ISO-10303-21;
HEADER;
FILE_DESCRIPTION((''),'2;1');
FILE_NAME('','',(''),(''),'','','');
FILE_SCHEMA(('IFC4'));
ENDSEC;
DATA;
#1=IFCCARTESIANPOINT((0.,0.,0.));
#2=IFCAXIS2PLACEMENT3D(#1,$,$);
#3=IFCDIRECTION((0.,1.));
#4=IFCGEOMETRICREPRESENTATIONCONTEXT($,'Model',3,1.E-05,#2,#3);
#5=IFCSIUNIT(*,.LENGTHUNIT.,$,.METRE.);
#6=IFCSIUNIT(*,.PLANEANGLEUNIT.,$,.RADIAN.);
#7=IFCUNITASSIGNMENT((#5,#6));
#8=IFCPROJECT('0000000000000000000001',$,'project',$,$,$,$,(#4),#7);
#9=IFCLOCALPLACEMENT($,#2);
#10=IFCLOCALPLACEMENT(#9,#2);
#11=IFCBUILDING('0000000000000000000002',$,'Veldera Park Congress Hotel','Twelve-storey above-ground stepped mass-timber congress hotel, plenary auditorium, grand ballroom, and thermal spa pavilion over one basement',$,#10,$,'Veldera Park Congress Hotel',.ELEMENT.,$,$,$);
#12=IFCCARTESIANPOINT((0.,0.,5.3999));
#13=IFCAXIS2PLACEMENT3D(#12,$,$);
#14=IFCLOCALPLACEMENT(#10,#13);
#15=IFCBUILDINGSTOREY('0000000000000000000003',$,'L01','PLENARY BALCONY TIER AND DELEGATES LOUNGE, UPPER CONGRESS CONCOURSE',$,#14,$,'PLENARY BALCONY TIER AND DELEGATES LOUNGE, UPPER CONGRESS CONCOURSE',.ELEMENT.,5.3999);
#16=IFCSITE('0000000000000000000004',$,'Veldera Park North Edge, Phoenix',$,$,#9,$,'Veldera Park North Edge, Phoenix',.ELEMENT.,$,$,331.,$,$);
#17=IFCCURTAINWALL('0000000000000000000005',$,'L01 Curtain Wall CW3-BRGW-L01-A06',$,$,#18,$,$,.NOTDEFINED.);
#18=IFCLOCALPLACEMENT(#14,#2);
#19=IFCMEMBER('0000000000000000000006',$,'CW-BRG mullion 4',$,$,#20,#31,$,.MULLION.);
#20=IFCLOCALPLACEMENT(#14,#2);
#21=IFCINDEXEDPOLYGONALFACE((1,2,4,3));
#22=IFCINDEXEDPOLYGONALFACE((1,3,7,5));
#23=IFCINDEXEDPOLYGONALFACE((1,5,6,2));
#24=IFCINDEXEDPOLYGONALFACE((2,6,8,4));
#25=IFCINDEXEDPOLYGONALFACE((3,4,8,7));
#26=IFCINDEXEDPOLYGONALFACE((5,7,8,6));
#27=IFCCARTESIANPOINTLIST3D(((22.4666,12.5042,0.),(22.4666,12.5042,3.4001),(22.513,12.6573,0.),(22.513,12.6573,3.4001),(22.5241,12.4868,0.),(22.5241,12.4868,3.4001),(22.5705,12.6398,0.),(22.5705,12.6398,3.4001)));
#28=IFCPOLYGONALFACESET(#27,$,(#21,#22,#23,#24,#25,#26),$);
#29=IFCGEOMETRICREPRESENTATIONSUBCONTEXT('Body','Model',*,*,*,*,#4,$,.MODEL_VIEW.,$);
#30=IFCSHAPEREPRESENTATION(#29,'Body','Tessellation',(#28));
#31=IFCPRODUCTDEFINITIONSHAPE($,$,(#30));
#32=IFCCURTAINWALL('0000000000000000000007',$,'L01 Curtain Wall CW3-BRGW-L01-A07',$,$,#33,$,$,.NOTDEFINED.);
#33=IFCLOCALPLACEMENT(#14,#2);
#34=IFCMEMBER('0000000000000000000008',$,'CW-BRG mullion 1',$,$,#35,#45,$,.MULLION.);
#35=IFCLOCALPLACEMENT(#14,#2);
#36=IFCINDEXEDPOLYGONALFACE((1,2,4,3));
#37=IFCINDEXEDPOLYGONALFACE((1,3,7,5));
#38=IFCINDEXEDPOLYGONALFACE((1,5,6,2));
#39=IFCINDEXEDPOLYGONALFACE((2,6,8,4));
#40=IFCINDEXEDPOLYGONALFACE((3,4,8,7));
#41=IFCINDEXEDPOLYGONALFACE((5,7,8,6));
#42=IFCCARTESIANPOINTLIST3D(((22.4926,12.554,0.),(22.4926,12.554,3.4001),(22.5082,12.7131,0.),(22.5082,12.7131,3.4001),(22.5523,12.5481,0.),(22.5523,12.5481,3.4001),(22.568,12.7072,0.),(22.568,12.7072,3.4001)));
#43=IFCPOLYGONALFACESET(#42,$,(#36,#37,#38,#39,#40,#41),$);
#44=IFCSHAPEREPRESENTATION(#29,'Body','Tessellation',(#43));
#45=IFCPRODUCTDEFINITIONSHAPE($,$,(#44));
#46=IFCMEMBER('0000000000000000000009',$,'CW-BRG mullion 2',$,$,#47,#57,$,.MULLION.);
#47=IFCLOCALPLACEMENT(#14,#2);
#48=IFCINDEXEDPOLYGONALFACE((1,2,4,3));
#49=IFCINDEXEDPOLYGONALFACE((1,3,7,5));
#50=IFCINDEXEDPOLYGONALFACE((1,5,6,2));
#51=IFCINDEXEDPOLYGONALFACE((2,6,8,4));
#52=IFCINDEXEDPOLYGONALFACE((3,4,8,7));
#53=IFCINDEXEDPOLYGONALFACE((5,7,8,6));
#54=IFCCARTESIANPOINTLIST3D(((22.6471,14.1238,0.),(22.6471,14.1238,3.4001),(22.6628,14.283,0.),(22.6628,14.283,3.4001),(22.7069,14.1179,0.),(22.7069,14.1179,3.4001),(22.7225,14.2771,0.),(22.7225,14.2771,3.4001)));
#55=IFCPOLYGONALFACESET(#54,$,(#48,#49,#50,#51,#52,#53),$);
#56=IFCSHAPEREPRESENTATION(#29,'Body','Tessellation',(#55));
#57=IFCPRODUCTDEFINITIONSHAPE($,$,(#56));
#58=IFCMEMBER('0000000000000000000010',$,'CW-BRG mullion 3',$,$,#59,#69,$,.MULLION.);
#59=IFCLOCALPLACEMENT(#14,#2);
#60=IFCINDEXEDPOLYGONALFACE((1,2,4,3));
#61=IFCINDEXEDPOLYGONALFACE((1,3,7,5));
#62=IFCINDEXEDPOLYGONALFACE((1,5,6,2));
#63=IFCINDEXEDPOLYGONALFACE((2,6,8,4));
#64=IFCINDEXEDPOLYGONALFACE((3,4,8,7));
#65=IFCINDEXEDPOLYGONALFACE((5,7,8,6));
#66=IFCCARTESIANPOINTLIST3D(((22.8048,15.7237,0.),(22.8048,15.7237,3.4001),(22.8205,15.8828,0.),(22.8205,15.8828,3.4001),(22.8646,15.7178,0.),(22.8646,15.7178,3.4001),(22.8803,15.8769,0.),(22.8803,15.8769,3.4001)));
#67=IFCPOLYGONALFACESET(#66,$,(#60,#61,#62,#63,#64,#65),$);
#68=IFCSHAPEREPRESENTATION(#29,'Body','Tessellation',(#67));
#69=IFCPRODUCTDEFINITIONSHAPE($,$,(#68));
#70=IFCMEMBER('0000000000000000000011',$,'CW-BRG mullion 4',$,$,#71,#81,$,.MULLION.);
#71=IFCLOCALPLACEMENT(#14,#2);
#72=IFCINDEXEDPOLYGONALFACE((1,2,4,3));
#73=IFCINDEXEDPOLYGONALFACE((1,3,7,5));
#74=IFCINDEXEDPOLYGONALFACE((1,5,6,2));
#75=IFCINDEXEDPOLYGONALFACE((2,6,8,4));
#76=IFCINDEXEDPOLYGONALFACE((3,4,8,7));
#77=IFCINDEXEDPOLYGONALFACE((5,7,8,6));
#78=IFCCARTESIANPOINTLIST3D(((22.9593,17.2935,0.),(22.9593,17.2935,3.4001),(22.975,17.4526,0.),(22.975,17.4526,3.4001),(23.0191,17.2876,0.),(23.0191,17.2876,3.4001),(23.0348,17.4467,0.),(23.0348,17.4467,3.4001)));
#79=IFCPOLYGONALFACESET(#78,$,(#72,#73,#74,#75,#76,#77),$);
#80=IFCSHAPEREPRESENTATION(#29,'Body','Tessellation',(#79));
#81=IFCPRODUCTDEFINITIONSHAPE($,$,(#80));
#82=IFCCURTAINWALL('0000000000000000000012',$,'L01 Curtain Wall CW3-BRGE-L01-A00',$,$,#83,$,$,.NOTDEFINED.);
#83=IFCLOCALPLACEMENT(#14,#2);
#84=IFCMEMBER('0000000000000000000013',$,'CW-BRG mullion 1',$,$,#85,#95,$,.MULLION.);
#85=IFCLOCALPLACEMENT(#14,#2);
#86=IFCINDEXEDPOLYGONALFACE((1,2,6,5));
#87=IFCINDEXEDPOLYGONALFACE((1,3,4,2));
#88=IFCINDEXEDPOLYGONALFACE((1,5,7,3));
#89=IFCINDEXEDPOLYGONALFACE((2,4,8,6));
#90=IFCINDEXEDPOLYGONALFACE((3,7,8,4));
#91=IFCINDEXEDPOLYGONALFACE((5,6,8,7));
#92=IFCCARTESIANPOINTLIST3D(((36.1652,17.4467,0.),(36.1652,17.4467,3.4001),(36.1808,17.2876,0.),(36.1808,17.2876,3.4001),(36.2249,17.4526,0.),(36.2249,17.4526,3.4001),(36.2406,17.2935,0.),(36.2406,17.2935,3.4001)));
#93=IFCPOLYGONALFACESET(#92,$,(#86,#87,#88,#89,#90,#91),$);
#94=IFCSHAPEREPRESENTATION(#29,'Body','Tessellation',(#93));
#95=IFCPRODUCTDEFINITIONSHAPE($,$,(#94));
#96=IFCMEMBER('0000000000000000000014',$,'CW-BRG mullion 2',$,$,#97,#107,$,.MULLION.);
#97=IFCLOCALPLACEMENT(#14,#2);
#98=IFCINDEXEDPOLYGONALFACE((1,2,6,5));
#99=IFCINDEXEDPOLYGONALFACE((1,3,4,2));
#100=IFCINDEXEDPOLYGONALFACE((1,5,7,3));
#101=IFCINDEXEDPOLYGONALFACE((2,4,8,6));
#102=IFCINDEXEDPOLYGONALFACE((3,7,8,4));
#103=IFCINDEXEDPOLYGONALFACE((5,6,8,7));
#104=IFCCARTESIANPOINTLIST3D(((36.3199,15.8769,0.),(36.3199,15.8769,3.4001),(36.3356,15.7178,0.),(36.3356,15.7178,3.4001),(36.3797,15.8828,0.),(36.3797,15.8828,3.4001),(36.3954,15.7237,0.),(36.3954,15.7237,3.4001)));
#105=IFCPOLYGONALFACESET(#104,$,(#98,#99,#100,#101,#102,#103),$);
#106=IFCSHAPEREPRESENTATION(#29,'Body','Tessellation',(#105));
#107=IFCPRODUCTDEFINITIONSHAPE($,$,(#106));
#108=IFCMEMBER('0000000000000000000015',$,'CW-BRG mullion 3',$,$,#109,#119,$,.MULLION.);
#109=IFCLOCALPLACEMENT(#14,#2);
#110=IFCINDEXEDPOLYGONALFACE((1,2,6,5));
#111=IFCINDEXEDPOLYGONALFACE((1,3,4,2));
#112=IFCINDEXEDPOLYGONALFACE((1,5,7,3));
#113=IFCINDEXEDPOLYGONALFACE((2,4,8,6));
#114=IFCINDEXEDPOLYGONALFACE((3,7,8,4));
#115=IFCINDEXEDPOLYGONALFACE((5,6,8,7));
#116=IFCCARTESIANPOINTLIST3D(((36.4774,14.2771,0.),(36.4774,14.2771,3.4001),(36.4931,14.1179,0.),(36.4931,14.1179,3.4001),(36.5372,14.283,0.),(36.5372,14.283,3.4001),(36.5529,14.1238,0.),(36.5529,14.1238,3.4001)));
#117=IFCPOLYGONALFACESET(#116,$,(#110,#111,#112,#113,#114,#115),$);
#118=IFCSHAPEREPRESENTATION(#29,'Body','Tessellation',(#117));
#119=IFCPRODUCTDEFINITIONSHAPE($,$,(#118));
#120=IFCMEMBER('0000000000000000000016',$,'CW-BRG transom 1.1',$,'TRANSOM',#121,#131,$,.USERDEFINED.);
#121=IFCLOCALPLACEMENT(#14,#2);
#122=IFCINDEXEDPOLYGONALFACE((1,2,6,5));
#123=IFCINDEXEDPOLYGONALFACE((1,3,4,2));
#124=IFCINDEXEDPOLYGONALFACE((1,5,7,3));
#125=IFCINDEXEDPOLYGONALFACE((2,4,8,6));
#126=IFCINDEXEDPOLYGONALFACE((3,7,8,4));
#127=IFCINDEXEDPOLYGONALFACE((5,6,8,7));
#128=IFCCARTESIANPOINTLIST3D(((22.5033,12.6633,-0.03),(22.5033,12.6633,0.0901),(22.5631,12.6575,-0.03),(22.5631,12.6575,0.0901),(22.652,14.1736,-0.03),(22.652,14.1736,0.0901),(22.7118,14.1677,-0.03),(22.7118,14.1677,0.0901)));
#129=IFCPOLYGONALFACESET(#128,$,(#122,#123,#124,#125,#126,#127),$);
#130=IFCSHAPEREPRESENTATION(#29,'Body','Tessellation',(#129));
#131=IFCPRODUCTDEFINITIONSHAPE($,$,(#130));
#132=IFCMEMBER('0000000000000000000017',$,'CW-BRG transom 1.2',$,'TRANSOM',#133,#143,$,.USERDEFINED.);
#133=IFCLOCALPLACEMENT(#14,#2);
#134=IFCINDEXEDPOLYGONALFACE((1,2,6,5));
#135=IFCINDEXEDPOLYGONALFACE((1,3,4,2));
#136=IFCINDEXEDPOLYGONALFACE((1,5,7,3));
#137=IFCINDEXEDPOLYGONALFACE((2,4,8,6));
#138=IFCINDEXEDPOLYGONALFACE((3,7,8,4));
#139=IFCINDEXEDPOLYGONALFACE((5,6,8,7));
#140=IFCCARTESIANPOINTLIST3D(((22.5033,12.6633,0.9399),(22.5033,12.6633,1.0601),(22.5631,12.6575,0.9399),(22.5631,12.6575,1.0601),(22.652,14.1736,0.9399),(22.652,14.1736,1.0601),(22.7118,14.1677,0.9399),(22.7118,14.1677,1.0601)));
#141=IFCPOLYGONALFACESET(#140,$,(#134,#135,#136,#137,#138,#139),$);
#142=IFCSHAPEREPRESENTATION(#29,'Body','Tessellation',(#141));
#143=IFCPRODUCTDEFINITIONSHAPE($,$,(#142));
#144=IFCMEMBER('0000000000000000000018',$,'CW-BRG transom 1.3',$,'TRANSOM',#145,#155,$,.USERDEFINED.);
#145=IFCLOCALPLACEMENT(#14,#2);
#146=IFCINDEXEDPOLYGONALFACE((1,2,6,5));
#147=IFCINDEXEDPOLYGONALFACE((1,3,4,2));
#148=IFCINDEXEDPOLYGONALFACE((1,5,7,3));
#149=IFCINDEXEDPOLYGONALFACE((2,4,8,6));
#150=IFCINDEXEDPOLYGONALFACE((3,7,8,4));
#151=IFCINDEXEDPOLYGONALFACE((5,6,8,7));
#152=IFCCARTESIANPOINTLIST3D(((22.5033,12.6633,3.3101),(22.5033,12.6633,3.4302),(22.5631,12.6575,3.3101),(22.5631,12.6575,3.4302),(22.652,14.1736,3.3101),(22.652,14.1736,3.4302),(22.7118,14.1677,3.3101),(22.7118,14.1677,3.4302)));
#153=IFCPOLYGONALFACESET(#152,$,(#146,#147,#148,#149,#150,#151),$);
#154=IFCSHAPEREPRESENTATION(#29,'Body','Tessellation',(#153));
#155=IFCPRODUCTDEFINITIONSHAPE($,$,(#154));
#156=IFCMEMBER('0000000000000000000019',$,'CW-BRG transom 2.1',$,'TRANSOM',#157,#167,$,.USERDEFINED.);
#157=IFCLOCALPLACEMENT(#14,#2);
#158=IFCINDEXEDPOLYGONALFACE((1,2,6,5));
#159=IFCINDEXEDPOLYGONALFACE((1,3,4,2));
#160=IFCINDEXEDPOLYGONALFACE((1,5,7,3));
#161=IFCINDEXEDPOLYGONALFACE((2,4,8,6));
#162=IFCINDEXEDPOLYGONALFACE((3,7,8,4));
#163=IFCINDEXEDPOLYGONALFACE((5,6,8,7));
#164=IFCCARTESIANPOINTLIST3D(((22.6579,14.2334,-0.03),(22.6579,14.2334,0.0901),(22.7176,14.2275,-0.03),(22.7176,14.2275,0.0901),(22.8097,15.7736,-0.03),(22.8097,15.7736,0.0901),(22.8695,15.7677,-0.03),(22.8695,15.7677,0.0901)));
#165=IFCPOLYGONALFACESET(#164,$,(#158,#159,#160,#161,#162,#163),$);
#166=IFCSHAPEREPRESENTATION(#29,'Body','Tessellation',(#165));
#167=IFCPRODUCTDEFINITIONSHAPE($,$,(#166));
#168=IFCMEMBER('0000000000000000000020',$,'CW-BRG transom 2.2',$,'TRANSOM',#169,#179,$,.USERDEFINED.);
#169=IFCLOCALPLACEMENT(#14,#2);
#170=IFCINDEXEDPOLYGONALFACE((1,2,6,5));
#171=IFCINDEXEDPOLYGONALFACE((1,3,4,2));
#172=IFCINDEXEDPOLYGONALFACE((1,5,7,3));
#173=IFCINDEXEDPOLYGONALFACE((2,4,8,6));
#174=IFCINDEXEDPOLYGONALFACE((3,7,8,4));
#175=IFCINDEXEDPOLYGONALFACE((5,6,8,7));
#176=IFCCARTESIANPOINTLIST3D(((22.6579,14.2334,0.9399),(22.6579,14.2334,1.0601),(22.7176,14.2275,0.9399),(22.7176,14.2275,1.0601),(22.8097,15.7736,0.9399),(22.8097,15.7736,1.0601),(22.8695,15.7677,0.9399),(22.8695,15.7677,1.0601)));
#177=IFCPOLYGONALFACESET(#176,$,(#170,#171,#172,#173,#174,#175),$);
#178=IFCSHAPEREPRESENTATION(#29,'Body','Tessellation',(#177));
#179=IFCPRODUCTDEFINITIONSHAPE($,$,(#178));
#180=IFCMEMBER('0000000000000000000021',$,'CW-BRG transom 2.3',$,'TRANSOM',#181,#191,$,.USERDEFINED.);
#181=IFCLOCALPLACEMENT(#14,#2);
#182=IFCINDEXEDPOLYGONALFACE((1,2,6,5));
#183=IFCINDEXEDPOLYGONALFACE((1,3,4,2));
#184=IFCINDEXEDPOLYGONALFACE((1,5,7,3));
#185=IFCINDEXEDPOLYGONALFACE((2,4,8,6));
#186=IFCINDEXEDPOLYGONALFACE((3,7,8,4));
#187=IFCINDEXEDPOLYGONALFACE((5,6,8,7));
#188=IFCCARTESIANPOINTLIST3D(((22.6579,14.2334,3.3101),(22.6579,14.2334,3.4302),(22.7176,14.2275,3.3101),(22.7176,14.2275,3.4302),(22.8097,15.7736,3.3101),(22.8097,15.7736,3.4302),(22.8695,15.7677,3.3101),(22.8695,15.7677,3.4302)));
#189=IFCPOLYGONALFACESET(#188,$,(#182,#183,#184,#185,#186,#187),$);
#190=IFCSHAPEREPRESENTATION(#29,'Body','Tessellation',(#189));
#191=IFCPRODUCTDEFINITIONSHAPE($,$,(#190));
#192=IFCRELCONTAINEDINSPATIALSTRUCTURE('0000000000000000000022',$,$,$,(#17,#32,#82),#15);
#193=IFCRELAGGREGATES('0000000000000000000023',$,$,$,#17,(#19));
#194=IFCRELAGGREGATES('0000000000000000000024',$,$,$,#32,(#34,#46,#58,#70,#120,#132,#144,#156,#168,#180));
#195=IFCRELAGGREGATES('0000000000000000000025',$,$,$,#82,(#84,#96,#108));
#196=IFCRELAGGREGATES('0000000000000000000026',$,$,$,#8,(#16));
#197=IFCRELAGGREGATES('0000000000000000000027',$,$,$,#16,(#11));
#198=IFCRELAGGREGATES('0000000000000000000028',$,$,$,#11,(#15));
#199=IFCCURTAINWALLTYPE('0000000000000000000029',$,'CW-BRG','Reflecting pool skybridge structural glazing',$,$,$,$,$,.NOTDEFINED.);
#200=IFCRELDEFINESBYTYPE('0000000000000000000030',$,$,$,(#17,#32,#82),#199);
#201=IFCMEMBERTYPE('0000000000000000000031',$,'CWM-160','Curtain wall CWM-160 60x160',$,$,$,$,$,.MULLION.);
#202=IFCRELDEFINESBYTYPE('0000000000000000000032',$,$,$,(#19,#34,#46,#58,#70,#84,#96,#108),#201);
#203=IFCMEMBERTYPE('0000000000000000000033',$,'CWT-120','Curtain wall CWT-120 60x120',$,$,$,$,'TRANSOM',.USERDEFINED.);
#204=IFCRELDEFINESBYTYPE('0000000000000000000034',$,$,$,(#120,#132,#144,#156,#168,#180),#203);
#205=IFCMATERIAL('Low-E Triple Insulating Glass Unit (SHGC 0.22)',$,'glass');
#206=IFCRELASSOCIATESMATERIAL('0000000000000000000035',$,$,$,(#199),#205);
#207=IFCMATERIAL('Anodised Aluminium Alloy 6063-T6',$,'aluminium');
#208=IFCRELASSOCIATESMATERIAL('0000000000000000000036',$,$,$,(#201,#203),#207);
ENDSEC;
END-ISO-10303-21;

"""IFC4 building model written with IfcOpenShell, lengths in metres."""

from ifc_helpers import new_model, si_unit, direction, frame, origin, origin_2d, place, context, subcontext, project, spatial, rectangle, extrude, material, material_profile, profile_set, type_object, element, aggregate, save


model = new_model("IFC4")

# Units and contexts
model_context = context("Model", 3, precision=1e-05, world=origin(), true_north=direction((0.0, 1.0)))
body_context = subcontext(model_context, "Body", "Model", "MODEL_VIEW")
ifc_project = project(units=[si_unit("LENGTHUNIT", "METRE"), si_unit("PLANEANGLEUNIT", "RADIAN")], contexts=[model_context])

# Site, building, storey
site_placement = place(None, origin())
site = spatial("IfcSite", under=ifc_project, at=site_placement, Name="Veldera Park North Edge, Phoenix", LongName="Veldera Park North Edge, Phoenix", CompositionType="ELEMENT", RefElevation=331.0)
building_placement = place(site_placement, origin())
building = spatial("IfcBuilding", under=site, at=building_placement, Name="Veldera Park Congress Hotel", Description="Twelve-storey above-ground stepped mass-timber congress hotel, plenary auditorium, grand ballroom, and thermal spa pavilion over one basement", LongName="Veldera Park Congress Hotel", CompositionType="ELEMENT")
storey_placement = place(building_placement, frame((0.0, 0.0, 5.3999)))
storey = spatial("IfcBuildingStorey", under=building, at=storey_placement, Name="L01", Description="PLENARY BALCONY TIER AND DELEGATES LOUNGE, UPPER CONGRESS CONCOURSE", LongName="PLENARY BALCONY TIER AND DELEGATES LOUNGE, UPPER CONGRESS CONCOURSE", CompositionType="ELEMENT", Elevation=5.3999)

# Curtain wall, member
ifc_material_1 = material(Name="Low-E Triple Insulating Glass Unit (SHGC 0.22)", Category="glass")
curtain_wall_type = type_object("IfcCurtainWallType", Name="CW-BRG", Description="Reflecting pool skybridge structural glazing", PredefinedType="NOTDEFINED", material=ifc_material_1)
curtain_wall_1_placement = place(storey_placement, origin())
curtain_wall_1 = element("IfcCurtainWall", 1, at=curtain_wall_1_placement, inside=storey, type_object=curtain_wall_type, Name="L01 Curtain Wall CW3-BRGW-L01-A06", PredefinedType="NOTDEFINED")
ifc_material_2 = material(Name="Anodised Aluminium Alloy 6063-T6", Category="aluminium")
ifc_material_profile_1 = material_profile(ifc_material_2, rectangle(XDim=0.0601, YDim=0.1599, at=origin_2d()), Name="ALU 60x160")
ifc_profile_set_1 = profile_set([ifc_material_profile_1], Name="Anodised Aluminium Alloy 6063-T6")
member_type_1 = type_object("IfcMemberType", Name="CWM-160", Description="Curtain wall CWM-160 60x160", PredefinedType="MULLION", material=ifc_profile_set_1)
member_1_placement = place(storey_placement, frame((22.5186, 12.572, 0.0), z_axis=(0.0, 0.0, 1.0), x_axis=(-0.956939, 0.290288, 0.0)))
member_1 = element("IfcMember", 2, at=member_1_placement, type_object=member_type_1, Name="CW-BRG mullion 4", PredefinedType="MULLION", context=body_context, shape_type="SweptSolid", body=[
    extrude(rectangle(XDim=0.0601, YDim=0.1599, at=origin_2d()), origin(), (0.0, 0.0, 1.0), 3.4001),
])

# Curtain walls, members
curtain_wall_2_placement = place(storey_placement, origin())
curtain_wall_2 = element("IfcCurtainWall", 3, at=curtain_wall_2_placement, inside=storey, type_object=curtain_wall_type, Name="L01 Curtain Wall CW3-BRGW-L01-A07", PredefinedType="NOTDEFINED")
member_2_placement = place(storey_placement, frame((22.5303, 12.6306, 0.0), z_axis=(0.0, 0.0, 1.0), x_axis=(-0.995184, 0.098021, 0.0)))
member_2 = element("IfcMember", 4, at=member_2_placement, type_object=member_type_1, Name="CW-BRG mullion 1", PredefinedType="MULLION", context=body_context, shape_type="SweptSolid", body=[
    extrude(rectangle(XDim=0.0601, YDim=0.1599, at=origin_2d()), origin(), (0.0, 0.0, 1.0), 3.4001),
])
member_3_placement = place(storey_placement, frame((22.6848, 14.2004, 0.0), z_axis=(0.0, 0.0, 1.0), x_axis=(-0.995184, 0.098021, 0.0)))
member_3 = element("IfcMember", 5, at=member_3_placement, type_object=member_type_1, Name="CW-BRG mullion 2", PredefinedType="MULLION", context=body_context, shape_type="SweptSolid", body=[
    extrude(rectangle(XDim=0.0601, YDim=0.1599, at=origin_2d()), origin(), (0.0, 0.0, 1.0), 3.4001),
])
member_4_placement = place(storey_placement, frame((22.8425, 15.8003, 0.0), z_axis=(0.0, 0.0, 1.0), x_axis=(-0.995184, 0.098021, 0.0)))
member_4 = element("IfcMember", 6, at=member_4_placement, type_object=member_type_1, Name="CW-BRG mullion 3", PredefinedType="MULLION", context=body_context, shape_type="SweptSolid", body=[
    extrude(rectangle(XDim=0.0601, YDim=0.1599, at=origin_2d()), origin(), (0.0, 0.0, 1.0), 3.4001),
])
member_5_placement = place(storey_placement, frame((22.9971, 17.3701, 0.0), z_axis=(0.0, 0.0, 1.0), x_axis=(-0.995184, 0.098021, 0.0)))
member_5 = element("IfcMember", 7, at=member_5_placement, type_object=member_type_1, Name="CW-BRG mullion 4", PredefinedType="MULLION", context=body_context, shape_type="SweptSolid", body=[
    extrude(rectangle(XDim=0.0601, YDim=0.1599, at=origin_2d()), origin(), (0.0, 0.0, 1.0), 3.4001),
])
curtain_wall_3_placement = place(storey_placement, origin())
curtain_wall_3 = element("IfcCurtainWall", 8, at=curtain_wall_3_placement, inside=storey, type_object=curtain_wall_type, Name="L01 Curtain Wall CW3-BRGE-L01-A00", PredefinedType="NOTDEFINED")
member_6_placement = place(storey_placement, frame((36.2029, 17.3701, 0.0), z_axis=(0.0, 0.0, 1.0), x_axis=(0.995184, 0.098021, 0.0)))
member_6 = element("IfcMember", 9, at=member_6_placement, type_object=member_type_1, Name="CW-BRG mullion 1", PredefinedType="MULLION", context=body_context, shape_type="SweptSolid", body=[
    extrude(rectangle(XDim=0.0601, YDim=0.1599, at=origin_2d()), origin(), (0.0, 0.0, 1.0), 3.4001),
])
member_7_placement = place(storey_placement, frame((36.3577, 15.8003, 0.0), z_axis=(0.0, 0.0, 1.0), x_axis=(0.995184, 0.098021, 0.0)))
member_7 = element("IfcMember", 10, at=member_7_placement, type_object=member_type_1, Name="CW-BRG mullion 2", PredefinedType="MULLION", context=body_context, shape_type="SweptSolid", body=[
    extrude(rectangle(XDim=0.0601, YDim=0.1599, at=origin_2d()), origin(), (0.0, 0.0, 1.0), 3.4001),
])
member_8_placement = place(storey_placement, frame((36.5151, 14.2004, 0.0), z_axis=(0.0, 0.0, 1.0), x_axis=(0.995184, 0.098021, 0.0)))
member_8 = element("IfcMember", 11, at=member_8_placement, type_object=member_type_1, Name="CW-BRG mullion 3", PredefinedType="MULLION", context=body_context, shape_type="SweptSolid", body=[
    extrude(rectangle(XDim=0.0601, YDim=0.1599, at=origin_2d()), origin(), (0.0, 0.0, 1.0), 3.4001),
])

# Members
ifc_material_profile_2 = material_profile(ifc_material_2, rectangle(XDim=0.0601, YDim=0.1201, at=origin_2d()), Name="ALU 60x120")
ifc_profile_set_2 = profile_set([ifc_material_profile_2], Name="Anodised Aluminium Alloy 6063-T6")
member_type_2 = type_object("IfcMemberType", Name="CWT-120", Description="Curtain wall CWT-120 60x120", ElementType="TRANSOM", PredefinedType="USERDEFINED", material=ifc_profile_set_2)
member_9_placement = place(storey_placement, frame((22.5332, 12.6604, 0.03), z_axis=(0.097974, 0.995189, 0.0), x_axis=(-0.995189, 0.097974, 0.0)))
member_9 = element("IfcMember", 12, at=member_9_placement, type_object=member_type_2, Name="CW-BRG transom 1.1", ObjectType="TRANSOM", PredefinedType="USERDEFINED", context=body_context, shape_type="SweptSolid", body=[
    extrude(rectangle(XDim=0.0601, YDim=0.1201, at=origin_2d()), origin(), (0.0, 0.0, 1.0), 1.5176),
])
member_10_placement = place(storey_placement, frame((22.5332, 12.6604, 1.0), z_axis=(0.097974, 0.995189, 0.0), x_axis=(-0.995189, 0.097974, 0.0)))
member_10 = element("IfcMember", 13, at=member_10_placement, type_object=member_type_2, Name="CW-BRG transom 1.2", ObjectType="TRANSOM", PredefinedType="USERDEFINED", context=body_context, shape_type="SweptSolid", body=[
    extrude(rectangle(XDim=0.0601, YDim=0.1201, at=origin_2d()), origin(), (0.0, 0.0, 1.0), 1.5176),
])
member_11_placement = place(storey_placement, frame((22.5332, 12.6604, 3.3701), z_axis=(0.097974, 0.995189, 0.0), x_axis=(-0.995189, 0.097974, 0.0)))
member_11 = element("IfcMember", 14, at=member_11_placement, type_object=member_type_2, Name="CW-BRG transom 1.3", ObjectType="TRANSOM", PredefinedType="USERDEFINED", context=body_context, shape_type="SweptSolid", body=[
    extrude(rectangle(XDim=0.0601, YDim=0.1201, at=origin_2d()), origin(), (0.0, 0.0, 1.0), 1.5176),
])
member_12_placement = place(storey_placement, frame((22.6877, 14.2305, 0.03), z_axis=(0.098129, 0.995174, 0.0), x_axis=(-0.995174, 0.098129, 0.0)))
member_12 = element("IfcMember", 15, at=member_12_placement, type_object=member_type_2, Name="CW-BRG transom 2.1", ObjectType="TRANSOM", PredefinedType="USERDEFINED", context=body_context, shape_type="SweptSolid", body=[
    extrude(rectangle(XDim=0.0601, YDim=0.1201, at=origin_2d()), origin(), (0.0, 0.0, 1.0), 1.5476),
])
member_13_placement = place(storey_placement, frame((22.6877, 14.2305, 1.0), z_axis=(0.098129, 0.995174, 0.0), x_axis=(-0.995174, 0.098129, 0.0)))
member_13 = element("IfcMember", 16, at=member_13_placement, type_object=member_type_2, Name="CW-BRG transom 2.2", ObjectType="TRANSOM", PredefinedType="USERDEFINED", context=body_context, shape_type="SweptSolid", body=[
    extrude(rectangle(XDim=0.0601, YDim=0.1201, at=origin_2d()), origin(), (0.0, 0.0, 1.0), 1.5476),
])
member_14_placement = place(storey_placement, frame((22.6877, 14.2305, 3.3701), z_axis=(0.098129, 0.995174, 0.0), x_axis=(-0.995174, 0.098129, 0.0)))
member_14 = element("IfcMember", 17, at=member_14_placement, type_object=member_type_2, Name="CW-BRG transom 2.3", ObjectType="TRANSOM", PredefinedType="USERDEFINED", context=body_context, shape_type="SweptSolid", body=[
    extrude(rectangle(XDim=0.0601, YDim=0.1201, at=origin_2d()), origin(), (0.0, 0.0, 1.0), 1.5476),
])

aggregate(curtain_wall_1, [member_1])
aggregate(curtain_wall_2, [member_2, member_3, member_4, member_5, member_9, member_10, member_11, member_12, member_13, member_14])
aggregate(curtain_wall_3, [member_6, member_7, member_8])

save(model, "model.ifc")
